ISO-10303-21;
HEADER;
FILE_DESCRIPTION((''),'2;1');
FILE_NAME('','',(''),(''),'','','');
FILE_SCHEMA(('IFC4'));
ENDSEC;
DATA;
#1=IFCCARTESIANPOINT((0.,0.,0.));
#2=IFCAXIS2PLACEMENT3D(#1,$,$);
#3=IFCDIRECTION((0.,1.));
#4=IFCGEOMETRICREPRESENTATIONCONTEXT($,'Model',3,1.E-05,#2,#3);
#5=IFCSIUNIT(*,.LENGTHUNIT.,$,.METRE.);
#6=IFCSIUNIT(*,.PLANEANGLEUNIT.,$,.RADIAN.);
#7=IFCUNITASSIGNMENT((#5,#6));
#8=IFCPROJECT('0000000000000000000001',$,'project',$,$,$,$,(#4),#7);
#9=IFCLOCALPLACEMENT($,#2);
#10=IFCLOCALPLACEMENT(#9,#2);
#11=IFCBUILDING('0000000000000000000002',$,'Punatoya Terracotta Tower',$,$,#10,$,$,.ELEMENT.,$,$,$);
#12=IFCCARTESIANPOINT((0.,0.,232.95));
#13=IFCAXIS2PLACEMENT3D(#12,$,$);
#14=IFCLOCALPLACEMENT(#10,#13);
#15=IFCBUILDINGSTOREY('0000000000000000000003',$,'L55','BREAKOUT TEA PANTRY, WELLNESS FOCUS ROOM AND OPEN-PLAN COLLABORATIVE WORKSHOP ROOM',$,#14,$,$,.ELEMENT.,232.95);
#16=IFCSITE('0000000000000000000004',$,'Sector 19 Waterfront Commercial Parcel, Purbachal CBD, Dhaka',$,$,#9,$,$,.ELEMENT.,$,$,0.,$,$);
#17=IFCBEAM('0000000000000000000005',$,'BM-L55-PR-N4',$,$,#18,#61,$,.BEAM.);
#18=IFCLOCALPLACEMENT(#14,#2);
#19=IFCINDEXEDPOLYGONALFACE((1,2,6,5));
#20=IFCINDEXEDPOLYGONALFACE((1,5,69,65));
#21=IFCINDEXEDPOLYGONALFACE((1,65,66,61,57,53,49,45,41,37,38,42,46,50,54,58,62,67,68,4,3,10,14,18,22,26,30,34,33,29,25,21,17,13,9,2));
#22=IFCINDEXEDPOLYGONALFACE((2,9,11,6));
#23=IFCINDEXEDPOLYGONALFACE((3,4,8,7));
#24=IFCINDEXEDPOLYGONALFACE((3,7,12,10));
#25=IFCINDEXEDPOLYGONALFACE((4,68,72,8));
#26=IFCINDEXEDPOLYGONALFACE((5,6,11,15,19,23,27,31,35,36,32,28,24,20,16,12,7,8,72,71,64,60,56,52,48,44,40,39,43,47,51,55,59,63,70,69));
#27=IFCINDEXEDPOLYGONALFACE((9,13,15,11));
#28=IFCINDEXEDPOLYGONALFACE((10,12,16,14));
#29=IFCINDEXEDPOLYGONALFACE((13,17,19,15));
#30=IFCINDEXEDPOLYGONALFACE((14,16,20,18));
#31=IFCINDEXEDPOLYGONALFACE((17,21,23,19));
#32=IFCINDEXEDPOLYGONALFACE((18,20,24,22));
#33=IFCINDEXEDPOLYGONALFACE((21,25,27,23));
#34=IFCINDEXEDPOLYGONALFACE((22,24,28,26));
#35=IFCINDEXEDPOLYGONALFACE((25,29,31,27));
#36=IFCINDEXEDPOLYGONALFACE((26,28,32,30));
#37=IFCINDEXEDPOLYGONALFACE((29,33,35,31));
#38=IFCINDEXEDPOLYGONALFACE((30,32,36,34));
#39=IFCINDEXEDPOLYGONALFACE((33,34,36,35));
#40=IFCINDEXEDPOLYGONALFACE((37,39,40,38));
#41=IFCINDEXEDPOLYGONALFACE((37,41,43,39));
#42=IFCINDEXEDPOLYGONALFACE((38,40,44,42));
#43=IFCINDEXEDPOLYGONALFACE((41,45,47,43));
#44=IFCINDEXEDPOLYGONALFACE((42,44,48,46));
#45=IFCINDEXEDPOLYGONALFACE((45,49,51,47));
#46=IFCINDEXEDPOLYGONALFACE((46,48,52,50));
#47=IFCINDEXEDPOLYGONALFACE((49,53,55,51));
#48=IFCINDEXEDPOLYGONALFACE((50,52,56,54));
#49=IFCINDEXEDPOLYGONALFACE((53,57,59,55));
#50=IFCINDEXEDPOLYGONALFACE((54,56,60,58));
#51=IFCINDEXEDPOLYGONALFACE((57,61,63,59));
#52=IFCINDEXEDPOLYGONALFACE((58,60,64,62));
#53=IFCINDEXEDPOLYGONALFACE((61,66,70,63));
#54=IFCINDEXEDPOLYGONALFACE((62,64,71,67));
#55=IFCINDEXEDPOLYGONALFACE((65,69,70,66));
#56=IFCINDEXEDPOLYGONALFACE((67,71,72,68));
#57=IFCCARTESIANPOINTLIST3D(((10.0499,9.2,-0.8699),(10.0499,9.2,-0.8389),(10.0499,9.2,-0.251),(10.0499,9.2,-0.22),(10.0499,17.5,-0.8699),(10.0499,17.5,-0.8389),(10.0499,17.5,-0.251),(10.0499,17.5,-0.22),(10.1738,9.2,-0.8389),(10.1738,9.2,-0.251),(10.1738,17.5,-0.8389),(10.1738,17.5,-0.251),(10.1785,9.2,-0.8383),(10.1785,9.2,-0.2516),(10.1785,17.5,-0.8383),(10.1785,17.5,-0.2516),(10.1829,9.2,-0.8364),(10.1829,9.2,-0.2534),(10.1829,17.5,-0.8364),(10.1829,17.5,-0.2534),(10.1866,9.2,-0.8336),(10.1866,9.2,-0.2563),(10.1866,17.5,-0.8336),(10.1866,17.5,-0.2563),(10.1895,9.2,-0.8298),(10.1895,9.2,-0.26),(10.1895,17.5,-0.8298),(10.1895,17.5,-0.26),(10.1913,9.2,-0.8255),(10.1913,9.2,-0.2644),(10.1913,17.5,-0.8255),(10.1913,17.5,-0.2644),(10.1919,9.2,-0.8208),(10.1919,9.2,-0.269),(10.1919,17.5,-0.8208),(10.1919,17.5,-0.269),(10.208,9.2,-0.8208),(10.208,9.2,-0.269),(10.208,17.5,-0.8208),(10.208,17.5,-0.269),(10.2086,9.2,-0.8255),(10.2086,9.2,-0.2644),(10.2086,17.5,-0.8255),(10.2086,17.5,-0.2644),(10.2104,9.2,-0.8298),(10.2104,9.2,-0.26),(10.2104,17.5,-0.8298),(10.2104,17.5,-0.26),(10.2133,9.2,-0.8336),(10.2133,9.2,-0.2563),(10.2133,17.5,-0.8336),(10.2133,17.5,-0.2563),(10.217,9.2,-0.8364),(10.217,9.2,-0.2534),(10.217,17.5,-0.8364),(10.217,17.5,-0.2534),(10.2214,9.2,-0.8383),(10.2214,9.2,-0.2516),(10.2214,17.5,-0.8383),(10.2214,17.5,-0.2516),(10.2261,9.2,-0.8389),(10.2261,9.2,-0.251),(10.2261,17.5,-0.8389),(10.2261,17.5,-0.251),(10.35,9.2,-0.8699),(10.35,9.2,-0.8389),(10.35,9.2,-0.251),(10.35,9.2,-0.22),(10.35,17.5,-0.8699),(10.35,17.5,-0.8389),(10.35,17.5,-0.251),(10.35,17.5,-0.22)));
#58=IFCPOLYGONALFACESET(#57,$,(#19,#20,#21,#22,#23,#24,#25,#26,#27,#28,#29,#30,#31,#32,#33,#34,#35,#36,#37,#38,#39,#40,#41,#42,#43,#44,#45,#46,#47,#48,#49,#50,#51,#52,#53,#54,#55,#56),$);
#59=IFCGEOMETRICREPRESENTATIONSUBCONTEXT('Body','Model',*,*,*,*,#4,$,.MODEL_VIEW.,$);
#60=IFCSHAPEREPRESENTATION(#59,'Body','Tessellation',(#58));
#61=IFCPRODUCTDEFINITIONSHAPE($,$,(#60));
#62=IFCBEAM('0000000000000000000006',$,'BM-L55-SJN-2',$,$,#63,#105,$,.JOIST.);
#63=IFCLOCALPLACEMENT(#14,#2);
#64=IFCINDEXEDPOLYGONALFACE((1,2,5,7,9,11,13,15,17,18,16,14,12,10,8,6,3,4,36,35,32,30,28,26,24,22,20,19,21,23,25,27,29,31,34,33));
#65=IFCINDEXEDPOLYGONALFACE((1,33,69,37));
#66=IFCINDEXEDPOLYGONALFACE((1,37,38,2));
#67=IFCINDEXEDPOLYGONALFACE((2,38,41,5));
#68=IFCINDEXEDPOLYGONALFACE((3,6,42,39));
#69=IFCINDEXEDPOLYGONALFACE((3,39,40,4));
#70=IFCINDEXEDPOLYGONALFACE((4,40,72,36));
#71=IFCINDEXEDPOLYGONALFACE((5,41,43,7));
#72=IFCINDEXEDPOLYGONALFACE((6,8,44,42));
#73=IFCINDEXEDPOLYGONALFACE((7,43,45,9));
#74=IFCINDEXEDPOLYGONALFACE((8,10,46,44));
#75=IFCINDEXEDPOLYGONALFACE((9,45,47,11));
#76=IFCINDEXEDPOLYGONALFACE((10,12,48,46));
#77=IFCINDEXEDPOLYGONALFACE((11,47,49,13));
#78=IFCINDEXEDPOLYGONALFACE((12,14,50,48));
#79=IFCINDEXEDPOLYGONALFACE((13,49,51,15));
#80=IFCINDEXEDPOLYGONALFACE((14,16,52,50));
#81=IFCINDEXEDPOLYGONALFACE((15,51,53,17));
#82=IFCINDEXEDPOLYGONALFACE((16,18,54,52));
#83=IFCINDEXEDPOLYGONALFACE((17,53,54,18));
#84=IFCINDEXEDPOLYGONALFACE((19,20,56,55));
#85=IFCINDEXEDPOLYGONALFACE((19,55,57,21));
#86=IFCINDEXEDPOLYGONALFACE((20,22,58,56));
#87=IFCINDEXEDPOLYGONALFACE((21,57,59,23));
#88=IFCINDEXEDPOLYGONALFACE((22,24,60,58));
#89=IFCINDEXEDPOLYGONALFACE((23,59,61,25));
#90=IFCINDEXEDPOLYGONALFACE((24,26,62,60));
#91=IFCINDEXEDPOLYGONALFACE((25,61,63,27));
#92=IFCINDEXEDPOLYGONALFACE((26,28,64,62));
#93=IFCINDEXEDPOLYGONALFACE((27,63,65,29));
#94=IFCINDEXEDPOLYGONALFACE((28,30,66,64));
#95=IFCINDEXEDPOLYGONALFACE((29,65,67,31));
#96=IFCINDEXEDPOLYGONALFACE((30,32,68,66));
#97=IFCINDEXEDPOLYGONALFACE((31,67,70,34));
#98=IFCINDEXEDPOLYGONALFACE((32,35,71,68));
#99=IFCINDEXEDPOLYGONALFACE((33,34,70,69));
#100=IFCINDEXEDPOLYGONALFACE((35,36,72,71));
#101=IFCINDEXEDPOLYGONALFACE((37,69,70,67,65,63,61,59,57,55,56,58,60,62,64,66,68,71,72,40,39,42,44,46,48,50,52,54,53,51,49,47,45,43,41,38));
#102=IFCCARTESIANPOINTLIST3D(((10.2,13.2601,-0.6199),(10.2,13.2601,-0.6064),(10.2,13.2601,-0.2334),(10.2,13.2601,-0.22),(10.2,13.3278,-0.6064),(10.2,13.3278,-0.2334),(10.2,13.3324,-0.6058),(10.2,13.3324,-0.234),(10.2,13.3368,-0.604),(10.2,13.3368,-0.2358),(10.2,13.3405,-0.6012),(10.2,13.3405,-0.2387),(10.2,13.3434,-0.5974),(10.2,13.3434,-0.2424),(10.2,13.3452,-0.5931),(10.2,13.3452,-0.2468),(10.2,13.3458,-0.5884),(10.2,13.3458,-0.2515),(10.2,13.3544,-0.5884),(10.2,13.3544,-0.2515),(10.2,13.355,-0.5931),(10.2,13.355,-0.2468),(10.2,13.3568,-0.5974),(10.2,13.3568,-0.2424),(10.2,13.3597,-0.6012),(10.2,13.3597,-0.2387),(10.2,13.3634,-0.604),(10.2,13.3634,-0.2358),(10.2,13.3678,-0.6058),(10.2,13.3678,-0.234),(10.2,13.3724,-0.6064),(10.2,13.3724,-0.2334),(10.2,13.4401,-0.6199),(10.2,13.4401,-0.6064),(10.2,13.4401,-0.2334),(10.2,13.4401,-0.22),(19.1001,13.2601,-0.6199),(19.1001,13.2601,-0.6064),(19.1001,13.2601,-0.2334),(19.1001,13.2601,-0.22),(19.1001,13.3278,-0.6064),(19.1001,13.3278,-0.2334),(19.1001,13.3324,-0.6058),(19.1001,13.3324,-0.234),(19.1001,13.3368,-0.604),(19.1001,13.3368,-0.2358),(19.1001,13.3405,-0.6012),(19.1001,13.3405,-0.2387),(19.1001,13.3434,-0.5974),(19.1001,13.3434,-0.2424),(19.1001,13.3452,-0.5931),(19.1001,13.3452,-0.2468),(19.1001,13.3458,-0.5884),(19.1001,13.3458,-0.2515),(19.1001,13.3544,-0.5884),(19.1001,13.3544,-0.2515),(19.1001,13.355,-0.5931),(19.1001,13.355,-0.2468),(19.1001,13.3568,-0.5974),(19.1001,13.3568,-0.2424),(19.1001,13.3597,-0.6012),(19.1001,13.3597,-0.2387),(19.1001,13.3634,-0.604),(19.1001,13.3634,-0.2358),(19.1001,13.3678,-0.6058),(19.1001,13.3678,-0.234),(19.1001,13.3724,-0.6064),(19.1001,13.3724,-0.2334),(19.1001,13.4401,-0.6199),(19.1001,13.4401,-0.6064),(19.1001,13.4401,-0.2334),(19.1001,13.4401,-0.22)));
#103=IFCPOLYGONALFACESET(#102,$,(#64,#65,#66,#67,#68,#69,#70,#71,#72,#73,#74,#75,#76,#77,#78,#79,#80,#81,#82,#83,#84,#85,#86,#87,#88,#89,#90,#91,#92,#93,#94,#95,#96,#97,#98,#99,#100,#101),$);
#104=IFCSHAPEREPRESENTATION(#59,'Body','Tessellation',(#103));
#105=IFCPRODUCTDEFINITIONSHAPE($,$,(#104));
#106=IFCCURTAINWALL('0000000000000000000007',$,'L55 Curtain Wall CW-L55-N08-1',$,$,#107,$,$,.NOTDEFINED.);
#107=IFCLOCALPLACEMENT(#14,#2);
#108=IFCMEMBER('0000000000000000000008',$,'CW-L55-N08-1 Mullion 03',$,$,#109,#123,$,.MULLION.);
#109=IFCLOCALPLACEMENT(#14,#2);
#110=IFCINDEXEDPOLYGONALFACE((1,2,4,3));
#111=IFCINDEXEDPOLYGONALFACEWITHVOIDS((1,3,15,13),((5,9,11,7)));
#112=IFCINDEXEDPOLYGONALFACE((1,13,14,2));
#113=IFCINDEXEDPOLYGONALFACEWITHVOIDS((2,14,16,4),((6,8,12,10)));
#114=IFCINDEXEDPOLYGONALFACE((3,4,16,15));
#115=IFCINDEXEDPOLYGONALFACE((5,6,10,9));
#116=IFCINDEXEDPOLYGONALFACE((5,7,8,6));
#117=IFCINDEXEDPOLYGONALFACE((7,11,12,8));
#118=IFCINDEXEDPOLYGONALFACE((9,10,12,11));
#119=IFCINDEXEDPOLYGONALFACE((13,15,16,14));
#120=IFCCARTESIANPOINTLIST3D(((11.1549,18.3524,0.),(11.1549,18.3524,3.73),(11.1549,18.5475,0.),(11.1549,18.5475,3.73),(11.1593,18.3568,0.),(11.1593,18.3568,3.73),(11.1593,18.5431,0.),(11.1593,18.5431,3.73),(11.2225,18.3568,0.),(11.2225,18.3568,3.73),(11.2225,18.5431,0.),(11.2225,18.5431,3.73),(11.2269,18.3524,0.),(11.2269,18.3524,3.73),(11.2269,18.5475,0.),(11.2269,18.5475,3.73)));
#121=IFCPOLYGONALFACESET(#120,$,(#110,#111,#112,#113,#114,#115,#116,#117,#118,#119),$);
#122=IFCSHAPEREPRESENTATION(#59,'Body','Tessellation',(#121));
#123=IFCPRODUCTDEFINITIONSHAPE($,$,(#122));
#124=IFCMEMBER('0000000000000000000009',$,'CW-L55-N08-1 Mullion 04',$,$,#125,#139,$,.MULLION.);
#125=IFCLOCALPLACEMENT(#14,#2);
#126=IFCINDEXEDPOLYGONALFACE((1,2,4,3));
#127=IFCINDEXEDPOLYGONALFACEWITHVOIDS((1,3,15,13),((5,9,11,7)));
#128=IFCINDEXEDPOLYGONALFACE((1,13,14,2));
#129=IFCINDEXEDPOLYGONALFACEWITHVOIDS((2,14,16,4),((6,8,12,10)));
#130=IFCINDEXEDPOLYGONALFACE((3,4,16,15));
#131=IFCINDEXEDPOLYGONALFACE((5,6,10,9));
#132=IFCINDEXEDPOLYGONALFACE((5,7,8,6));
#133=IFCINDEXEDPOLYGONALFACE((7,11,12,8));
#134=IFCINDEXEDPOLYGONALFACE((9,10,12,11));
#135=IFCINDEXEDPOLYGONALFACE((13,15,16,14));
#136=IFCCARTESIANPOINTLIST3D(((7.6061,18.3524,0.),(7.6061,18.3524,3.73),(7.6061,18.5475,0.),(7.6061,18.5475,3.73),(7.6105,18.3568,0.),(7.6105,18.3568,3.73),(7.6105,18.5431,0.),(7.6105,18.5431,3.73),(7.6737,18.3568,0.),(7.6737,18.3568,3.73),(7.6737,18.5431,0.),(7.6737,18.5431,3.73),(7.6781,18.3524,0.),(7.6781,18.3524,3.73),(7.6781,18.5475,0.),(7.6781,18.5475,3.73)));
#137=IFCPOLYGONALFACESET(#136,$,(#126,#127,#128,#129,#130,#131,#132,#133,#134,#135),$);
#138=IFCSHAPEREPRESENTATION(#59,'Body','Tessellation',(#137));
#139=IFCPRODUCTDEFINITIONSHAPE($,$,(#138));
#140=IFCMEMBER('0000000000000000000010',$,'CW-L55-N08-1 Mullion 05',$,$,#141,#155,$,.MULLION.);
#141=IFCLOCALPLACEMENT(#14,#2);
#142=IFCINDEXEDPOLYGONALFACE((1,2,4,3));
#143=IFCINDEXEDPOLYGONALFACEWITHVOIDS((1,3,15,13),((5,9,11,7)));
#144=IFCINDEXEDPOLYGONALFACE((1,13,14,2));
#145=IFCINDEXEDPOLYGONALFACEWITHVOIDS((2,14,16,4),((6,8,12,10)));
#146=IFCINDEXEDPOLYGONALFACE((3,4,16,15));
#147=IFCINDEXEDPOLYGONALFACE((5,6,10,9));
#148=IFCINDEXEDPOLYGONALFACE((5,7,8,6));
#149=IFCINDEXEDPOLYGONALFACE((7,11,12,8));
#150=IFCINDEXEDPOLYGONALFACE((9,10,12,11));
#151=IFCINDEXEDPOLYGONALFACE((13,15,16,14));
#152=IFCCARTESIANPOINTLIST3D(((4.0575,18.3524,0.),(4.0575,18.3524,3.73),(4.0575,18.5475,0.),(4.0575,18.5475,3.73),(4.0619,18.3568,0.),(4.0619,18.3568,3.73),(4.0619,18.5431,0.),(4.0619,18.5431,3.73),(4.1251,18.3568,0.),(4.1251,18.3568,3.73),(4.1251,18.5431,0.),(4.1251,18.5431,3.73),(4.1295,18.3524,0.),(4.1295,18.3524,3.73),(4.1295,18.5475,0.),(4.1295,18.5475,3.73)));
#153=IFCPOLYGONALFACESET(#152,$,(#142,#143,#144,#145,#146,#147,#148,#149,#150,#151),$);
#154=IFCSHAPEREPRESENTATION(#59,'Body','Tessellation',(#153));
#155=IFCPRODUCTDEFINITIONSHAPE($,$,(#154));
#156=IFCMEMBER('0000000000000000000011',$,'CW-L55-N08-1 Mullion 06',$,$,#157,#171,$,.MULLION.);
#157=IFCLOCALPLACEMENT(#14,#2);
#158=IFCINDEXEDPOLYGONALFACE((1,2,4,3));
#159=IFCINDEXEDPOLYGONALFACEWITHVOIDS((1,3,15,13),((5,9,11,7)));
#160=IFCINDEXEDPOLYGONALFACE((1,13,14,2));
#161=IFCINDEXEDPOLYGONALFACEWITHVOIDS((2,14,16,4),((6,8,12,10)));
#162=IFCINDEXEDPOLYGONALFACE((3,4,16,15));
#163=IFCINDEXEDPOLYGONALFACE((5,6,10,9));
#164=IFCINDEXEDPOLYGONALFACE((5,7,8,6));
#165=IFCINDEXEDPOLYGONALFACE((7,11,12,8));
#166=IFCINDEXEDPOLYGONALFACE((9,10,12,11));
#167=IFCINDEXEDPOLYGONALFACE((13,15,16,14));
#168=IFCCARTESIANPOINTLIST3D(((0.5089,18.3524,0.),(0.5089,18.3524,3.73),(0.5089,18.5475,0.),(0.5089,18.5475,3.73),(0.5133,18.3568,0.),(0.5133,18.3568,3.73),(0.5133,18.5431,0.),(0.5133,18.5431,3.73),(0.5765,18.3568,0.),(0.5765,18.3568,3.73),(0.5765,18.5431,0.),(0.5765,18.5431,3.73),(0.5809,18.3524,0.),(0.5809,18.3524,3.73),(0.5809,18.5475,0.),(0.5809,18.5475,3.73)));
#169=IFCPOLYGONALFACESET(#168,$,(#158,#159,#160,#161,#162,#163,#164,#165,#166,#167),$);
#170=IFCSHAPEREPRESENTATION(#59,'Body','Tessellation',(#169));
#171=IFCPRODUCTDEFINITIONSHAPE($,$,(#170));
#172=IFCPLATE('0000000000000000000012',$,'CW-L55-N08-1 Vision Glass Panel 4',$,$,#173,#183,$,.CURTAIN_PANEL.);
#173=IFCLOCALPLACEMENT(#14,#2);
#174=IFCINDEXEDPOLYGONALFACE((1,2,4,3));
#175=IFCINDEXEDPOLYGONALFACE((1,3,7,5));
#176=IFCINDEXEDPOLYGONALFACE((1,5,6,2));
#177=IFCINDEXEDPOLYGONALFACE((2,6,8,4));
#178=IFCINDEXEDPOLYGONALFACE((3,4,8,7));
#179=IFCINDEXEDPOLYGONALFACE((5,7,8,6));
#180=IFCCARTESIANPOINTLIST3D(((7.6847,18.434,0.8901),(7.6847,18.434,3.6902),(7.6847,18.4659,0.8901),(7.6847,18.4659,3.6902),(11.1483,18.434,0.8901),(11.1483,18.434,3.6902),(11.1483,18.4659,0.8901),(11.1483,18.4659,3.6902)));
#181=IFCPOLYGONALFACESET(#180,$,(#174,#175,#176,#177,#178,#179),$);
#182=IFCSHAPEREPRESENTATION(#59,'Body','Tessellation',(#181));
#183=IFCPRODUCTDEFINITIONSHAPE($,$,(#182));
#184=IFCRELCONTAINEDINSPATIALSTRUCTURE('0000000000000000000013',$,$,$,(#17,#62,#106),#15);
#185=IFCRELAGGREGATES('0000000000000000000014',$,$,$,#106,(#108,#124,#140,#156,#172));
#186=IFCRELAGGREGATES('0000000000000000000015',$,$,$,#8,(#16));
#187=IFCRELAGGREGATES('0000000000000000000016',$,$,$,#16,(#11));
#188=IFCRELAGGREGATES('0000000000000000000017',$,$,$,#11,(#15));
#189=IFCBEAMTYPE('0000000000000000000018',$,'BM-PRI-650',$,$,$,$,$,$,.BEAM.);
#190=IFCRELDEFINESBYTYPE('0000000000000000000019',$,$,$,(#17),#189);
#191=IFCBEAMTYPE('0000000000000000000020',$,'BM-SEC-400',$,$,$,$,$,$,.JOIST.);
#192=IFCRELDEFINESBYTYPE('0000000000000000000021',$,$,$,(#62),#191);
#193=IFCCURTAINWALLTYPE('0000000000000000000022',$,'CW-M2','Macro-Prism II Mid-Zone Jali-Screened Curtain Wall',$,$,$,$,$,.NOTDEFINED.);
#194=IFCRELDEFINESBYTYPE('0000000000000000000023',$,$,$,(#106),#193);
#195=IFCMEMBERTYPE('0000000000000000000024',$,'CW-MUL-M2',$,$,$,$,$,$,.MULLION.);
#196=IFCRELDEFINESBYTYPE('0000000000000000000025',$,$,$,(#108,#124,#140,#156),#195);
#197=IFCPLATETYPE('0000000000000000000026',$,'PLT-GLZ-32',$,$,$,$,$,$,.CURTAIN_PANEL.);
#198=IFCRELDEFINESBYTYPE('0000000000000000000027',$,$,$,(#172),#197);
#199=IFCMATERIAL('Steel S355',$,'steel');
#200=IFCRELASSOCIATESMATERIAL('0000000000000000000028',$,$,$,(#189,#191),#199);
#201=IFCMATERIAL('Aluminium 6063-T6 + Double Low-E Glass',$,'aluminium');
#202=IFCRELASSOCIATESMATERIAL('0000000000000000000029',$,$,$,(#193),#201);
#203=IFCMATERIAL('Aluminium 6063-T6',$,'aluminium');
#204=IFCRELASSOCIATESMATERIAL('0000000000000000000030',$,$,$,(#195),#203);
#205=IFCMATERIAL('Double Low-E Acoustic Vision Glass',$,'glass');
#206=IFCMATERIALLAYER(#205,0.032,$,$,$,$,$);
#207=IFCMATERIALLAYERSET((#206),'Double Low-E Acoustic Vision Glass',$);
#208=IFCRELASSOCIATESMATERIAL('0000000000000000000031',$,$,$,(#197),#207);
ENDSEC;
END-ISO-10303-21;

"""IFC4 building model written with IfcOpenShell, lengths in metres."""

from ifc_helpers import new_model, si_unit, direction, frame, origin, origin_2d, place, context, subcontext, project, spatial, rectangle, hollow_rectangle, i_section, extrude, material, layer, layer_set, material_profile, profile_set, type_object, element, aggregate, save


model = new_model("IFC4")

# Units and contexts
model_context = context("Model", 3, precision=1e-05, world=origin(), true_north=direction((0.0, 1.0)))
body_context = subcontext(model_context, "Body", "Model", "MODEL_VIEW")
ifc_project = project(units=[si_unit("LENGTHUNIT", "METRE"), si_unit("PLANEANGLEUNIT", "RADIAN")], contexts=[model_context])

# Site, building, storey
site_placement = place(None, origin())
site = spatial("IfcSite", under=ifc_project, at=site_placement, Name="Sector 19 Waterfront Commercial Parcel, Purbachal CBD, Dhaka", CompositionType="ELEMENT", RefElevation=0.0)
building_placement = place(site_placement, origin())
building = spatial("IfcBuilding", under=site, at=building_placement, Name="Punatoya Terracotta Tower", CompositionType="ELEMENT")
storey_placement = place(building_placement, frame((0.0, 0.0, 232.95)))
storey = spatial("IfcBuildingStorey", under=building, at=storey_placement, Name="L55", Description="BREAKOUT TEA PANTRY, WELLNESS FOCUS ROOM AND OPEN-PLAN COLLABORATIVE WORKSHOP ROOM", CompositionType="ELEMENT", Elevation=232.95)

# Beams
ifc_material_1 = material(Name="Steel S355", Category="steel")
ifc_material_profile_1 = material_profile(ifc_material_1, i_section(OverallWidth=0.3, OverallDepth=0.6499, WebThickness=0.0161, FlangeThickness=0.031, FilletRadius=0.0181, at=origin_2d()))
ifc_profile_set_1 = profile_set([ifc_material_profile_1], Name="Steel S355")
beam_type_1 = type_object("IfcBeamType", Name="BM-PRI-650", PredefinedType="BEAM", material=ifc_profile_set_1)
for number, where, z_axis, x_axis, name in (
    (1, (10.2, 9.2, -0.5449), (0.0, 1.0, 0.0), (-1.0, 0.0, 0.0), "BM-L55-PR-N4"),
):
    element("IfcBeam", number, at=place(storey_placement, frame(where, z_axis=z_axis, x_axis=x_axis)), inside=storey, type_object=beam_type_1, Name=name, PredefinedType="BEAM", context=body_context, shape_type="SweptSolid", body=[
        extrude(i_section(OverallWidth=0.3, OverallDepth=0.6499, WebThickness=0.0161, FlangeThickness=0.031, FilletRadius=0.0181, at=origin_2d()), origin(), (0.0, 0.0, 1.0), 8.3),
    ])
ifc_material_profile_2 = material_profile(ifc_material_1, i_section(OverallWidth=0.1799, OverallDepth=0.3999, WebThickness=0.0085, FlangeThickness=0.0134, FilletRadius=0.0181, at=origin_2d()))
ifc_profile_set_2 = profile_set([ifc_material_profile_2], Name="Steel S355")
beam_type_2 = type_object("IfcBeamType", Name="BM-SEC-400", PredefinedType="JOIST", material=ifc_profile_set_2)
beam_1_placement = place(storey_placement, frame((10.2, 13.3501, -0.4199), z_axis=(1.0, 0.0, 0.0), x_axis=(0.0, 1.0, 0.0)))
element("IfcBeam", 2, at=beam_1_placement, inside=storey, type_object=beam_type_2, Name="BM-L55-SJN-2", PredefinedType="JOIST", context=body_context, shape_type="SweptSolid", body=[
    extrude(i_section(OverallWidth=0.1799, OverallDepth=0.3999, WebThickness=0.0085, FlangeThickness=0.0134, FilletRadius=0.0181, at=origin_2d()), origin(), (0.0, 0.0, 1.0), 8.9001),
])

# Curtain wall, members, plate
ifc_material_2 = material(Name="Aluminium 6063-T6 + Double Low-E Glass", Category="aluminium")
curtain_wall_type = type_object("IfcCurtainWallType", Name="CW-M2", Description="Macro-Prism II Mid-Zone Jali-Screened Curtain Wall", PredefinedType="NOTDEFINED", material=ifc_material_2)
curtain_wall_placement = place(storey_placement, origin())
curtain_wall = element("IfcCurtainWall", 3, at=curtain_wall_placement, inside=storey, type_object=curtain_wall_type, Name="L55 Curtain Wall CW-L55-N08-1", PredefinedType="NOTDEFINED")
ifc_material_3 = material(Name="Aluminium 6063-T6", Category="aluminium")
ifc_material_profile_3 = material_profile(ifc_material_3, hollow_rectangle(XDim=0.072, YDim=0.1951, WallThickness=0.0044, at=origin_2d()))
ifc_profile_set_3 = profile_set([ifc_material_profile_3], Name="Aluminium 6063-T6")
member_type = type_object("IfcMemberType", Name="CW-MUL-M2", PredefinedType="MULLION", material=ifc_profile_set_3)
member_1_placement = place(storey_placement, frame((11.1909, 18.45, 0.0), z_axis=(0.0, 0.0, 1.0), x_axis=(1.0, 0.0, 0.0)))
member_1 = element("IfcMember", 4, at=member_1_placement, type_object=member_type, Name="CW-L55-N08-1 Mullion 03", PredefinedType="MULLION", context=body_context, shape_type="SweptSolid", body=[
    extrude(hollow_rectangle(XDim=0.072, YDim=0.1951, WallThickness=0.0044, at=origin_2d()), origin(), (0.0, 0.0, 1.0), 3.73),
])
member_2_placement = place(storey_placement, frame((7.6421, 18.45, 0.0), z_axis=(0.0, 0.0, 1.0), x_axis=(1.0, 0.0, 0.0)))
member_2 = element("IfcMember", 5, at=member_2_placement, type_object=member_type, Name="CW-L55-N08-1 Mullion 04", PredefinedType="MULLION", context=body_context, shape_type="SweptSolid", body=[
    extrude(hollow_rectangle(XDim=0.072, YDim=0.1951, WallThickness=0.0044, at=origin_2d()), origin(), (0.0, 0.0, 1.0), 3.73),
])
member_3_placement = place(storey_placement, frame((4.0935, 18.45, 0.0), z_axis=(0.0, 0.0, 1.0), x_axis=(1.0, 0.0, 0.0)))
member_3 = element("IfcMember", 6, at=member_3_placement, type_object=member_type, Name="CW-L55-N08-1 Mullion 05", PredefinedType="MULLION", context=body_context, shape_type="SweptSolid", body=[
    extrude(hollow_rectangle(XDim=0.072, YDim=0.1951, WallThickness=0.0044, at=origin_2d()), origin(), (0.0, 0.0, 1.0), 3.73),
])
member_4_placement = place(storey_placement, frame((0.5449, 18.45, 0.0), z_axis=(0.0, 0.0, 1.0), x_axis=(1.0, 0.0, 0.0)))
member_4 = element("IfcMember", 7, at=member_4_placement, type_object=member_type, Name="CW-L55-N08-1 Mullion 06", PredefinedType="MULLION", context=body_context, shape_type="SweptSolid", body=[
    extrude(hollow_rectangle(XDim=0.072, YDim=0.1951, WallThickness=0.0044, at=origin_2d()), origin(), (0.0, 0.0, 1.0), 3.73),
])
ifc_material_4 = material(Name="Double Low-E Acoustic Vision Glass", Category="glass")
ifc_layer_1 = layer(ifc_material_4, 0.032)
ifc_layer_set_1 = layer_set([ifc_layer_1], Name="Double Low-E Acoustic Vision Glass")
plate_type_1 = type_object("IfcPlateType", Name="PLT-GLZ-32", PredefinedType="CURTAIN_PANEL", material=ifc_layer_set_1)
plate_1_placement = place(storey_placement, frame((9.4165, 18.45, 0.8901), z_axis=(0.0, 0.0, 1.0), x_axis=(-1.0, 0.0, 0.0)))
plate_1 = element("IfcPlate", 8, at=plate_1_placement, type_object=plate_type_1, Name="CW-L55-N08-1 Vision Glass Panel 4", PredefinedType="CURTAIN_PANEL", context=body_context, shape_type="SweptSolid", body=[
    extrude(rectangle(XDim=3.4636, YDim=0.032, at=origin_2d()), origin(), (0.0, 0.0, 1.0), 2.8),
])
aggregate(curtain_wall, [member_1, member_2, member_3, member_4, plate_1])

save(model, "model.ifc")
